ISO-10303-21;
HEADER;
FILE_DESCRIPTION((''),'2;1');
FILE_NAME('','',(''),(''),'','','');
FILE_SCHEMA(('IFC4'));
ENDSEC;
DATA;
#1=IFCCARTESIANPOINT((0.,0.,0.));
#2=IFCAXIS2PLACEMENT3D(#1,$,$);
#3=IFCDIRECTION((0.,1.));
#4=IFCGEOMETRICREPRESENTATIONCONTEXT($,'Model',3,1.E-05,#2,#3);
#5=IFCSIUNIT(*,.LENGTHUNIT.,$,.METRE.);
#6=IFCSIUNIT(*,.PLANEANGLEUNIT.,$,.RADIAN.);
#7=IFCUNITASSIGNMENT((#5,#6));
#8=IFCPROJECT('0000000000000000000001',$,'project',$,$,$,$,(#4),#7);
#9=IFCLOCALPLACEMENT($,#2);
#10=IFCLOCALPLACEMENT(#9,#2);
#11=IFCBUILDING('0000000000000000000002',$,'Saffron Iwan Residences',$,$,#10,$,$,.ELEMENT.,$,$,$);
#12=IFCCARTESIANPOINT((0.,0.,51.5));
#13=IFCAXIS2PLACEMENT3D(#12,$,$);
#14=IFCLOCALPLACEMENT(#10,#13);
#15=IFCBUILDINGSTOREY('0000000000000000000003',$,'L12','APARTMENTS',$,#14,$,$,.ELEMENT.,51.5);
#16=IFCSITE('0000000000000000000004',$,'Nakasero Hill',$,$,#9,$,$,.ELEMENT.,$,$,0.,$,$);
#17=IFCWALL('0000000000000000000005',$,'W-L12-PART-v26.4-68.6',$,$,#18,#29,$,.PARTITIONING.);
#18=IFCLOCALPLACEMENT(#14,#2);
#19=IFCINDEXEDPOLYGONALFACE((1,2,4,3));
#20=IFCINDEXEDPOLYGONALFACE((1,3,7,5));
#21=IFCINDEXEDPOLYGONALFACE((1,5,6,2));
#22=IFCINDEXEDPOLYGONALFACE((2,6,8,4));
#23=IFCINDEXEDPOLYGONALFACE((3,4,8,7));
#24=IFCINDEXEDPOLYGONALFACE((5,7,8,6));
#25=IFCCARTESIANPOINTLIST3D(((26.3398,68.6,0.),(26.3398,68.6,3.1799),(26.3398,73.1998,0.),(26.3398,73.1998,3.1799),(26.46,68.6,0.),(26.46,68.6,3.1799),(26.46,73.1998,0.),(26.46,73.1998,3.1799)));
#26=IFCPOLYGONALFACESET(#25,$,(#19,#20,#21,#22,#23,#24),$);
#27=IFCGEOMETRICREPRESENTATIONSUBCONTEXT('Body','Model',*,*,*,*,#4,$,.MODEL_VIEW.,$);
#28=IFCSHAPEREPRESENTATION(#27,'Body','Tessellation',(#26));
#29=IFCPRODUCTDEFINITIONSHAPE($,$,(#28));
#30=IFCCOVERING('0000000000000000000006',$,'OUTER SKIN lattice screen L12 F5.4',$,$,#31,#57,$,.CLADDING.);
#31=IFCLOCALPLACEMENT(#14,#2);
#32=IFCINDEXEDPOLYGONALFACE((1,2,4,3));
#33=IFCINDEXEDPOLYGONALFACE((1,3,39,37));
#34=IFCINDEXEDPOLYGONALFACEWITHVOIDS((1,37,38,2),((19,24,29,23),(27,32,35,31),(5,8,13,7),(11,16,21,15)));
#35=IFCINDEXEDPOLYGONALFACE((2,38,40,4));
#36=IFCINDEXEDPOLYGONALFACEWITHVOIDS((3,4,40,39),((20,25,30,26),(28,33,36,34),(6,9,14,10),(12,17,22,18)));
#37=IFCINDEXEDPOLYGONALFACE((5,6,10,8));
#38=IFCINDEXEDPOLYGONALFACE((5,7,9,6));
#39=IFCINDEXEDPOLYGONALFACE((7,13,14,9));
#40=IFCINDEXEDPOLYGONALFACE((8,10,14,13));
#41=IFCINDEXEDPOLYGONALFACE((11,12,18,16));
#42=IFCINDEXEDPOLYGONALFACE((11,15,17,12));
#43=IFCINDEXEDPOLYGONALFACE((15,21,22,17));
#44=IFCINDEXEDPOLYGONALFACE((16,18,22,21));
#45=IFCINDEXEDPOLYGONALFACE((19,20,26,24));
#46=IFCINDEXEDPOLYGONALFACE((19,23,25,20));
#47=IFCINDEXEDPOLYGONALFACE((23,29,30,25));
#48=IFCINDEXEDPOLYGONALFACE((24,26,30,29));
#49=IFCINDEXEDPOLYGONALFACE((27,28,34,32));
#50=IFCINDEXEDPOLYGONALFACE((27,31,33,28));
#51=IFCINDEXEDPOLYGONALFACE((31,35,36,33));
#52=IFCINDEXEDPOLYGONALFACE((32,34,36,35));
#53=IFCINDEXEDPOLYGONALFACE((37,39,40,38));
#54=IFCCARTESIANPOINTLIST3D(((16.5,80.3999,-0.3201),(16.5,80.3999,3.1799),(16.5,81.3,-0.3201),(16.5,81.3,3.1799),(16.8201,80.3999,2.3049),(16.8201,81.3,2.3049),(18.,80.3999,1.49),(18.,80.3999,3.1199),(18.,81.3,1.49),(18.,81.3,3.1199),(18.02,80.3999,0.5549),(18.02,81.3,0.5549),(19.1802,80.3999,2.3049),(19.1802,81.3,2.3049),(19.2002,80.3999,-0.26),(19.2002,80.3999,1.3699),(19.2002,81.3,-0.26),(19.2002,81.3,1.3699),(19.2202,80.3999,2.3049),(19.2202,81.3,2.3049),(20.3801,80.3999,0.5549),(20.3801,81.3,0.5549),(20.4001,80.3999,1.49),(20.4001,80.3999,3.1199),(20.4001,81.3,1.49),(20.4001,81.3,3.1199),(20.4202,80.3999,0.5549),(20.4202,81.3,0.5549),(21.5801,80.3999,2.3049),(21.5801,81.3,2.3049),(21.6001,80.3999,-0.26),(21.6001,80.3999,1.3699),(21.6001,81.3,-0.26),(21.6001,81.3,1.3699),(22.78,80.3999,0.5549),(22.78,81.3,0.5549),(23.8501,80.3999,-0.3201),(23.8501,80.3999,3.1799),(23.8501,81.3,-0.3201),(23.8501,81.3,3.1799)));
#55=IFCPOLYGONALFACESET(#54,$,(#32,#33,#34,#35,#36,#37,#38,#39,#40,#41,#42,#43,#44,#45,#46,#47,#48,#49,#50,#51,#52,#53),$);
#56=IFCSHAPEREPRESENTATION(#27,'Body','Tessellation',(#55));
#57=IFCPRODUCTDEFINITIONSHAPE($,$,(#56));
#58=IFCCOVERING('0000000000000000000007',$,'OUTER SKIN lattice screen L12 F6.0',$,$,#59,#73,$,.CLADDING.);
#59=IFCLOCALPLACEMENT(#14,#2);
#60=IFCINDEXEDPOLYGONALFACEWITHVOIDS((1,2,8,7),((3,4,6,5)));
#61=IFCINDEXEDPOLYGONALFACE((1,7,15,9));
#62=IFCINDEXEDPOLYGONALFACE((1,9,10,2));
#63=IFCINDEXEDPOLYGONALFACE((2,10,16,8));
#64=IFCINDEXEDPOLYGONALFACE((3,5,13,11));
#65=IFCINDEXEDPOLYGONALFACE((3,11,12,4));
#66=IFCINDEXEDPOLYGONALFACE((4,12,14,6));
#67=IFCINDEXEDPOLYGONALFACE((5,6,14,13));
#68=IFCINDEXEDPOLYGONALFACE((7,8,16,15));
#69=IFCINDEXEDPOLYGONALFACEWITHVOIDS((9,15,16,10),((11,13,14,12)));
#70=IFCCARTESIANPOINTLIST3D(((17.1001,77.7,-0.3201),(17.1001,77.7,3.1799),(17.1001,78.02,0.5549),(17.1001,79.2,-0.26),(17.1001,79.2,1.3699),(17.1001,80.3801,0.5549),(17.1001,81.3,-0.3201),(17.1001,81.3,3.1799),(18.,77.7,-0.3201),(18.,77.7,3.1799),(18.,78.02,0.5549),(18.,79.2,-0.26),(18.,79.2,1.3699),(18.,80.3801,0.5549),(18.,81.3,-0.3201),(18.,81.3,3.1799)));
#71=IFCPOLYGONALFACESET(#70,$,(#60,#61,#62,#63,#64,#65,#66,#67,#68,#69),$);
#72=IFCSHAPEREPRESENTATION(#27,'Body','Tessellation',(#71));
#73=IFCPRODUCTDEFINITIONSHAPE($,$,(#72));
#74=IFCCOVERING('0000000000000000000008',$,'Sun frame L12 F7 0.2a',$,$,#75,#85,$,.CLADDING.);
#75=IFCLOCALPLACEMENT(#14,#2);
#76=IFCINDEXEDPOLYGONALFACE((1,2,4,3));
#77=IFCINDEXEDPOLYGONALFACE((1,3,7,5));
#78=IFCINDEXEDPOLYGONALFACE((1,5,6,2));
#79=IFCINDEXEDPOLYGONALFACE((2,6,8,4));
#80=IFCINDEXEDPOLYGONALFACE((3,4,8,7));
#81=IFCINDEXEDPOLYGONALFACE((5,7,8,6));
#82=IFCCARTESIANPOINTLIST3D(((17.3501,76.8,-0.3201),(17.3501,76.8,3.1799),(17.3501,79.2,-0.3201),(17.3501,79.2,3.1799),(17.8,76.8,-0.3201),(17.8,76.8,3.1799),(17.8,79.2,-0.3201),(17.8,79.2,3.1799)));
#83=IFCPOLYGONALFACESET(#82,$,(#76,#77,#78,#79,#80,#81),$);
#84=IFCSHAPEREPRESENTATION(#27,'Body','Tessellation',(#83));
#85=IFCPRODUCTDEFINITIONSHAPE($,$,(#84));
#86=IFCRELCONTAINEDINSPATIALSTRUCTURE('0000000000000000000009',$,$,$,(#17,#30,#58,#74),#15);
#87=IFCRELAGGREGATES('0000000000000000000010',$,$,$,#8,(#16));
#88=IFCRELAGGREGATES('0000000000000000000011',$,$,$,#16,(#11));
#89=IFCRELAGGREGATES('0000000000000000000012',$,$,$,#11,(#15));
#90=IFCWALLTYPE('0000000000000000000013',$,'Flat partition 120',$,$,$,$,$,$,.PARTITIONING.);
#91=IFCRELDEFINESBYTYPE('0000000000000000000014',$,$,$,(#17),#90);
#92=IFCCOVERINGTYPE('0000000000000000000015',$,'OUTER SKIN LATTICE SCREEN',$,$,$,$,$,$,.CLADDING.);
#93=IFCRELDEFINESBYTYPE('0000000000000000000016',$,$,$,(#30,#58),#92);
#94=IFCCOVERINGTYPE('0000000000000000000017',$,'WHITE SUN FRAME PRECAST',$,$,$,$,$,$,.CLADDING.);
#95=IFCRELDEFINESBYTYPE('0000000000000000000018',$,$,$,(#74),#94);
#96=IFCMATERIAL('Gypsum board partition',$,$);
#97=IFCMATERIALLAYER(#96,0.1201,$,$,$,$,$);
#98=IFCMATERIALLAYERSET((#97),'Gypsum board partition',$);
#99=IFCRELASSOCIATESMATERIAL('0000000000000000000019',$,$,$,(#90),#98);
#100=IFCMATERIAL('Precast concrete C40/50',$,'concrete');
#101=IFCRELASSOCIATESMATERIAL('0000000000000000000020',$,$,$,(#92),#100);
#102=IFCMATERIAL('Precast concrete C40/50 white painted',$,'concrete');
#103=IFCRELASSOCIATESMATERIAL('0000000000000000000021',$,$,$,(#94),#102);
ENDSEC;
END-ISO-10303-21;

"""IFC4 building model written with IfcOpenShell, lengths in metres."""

from ifc_helpers import new_model, si_unit, direction, frame, frame_2d, origin, place, context, subcontext, project, spatial, polyline, rectangle, outline, extrude, material, layer, layer_set, type_object, element, save


model = new_model("IFC4")

# Units and contexts
model_context = context("Model", 3, precision=1e-05, world=origin(), true_north=direction((0.0, 1.0)))
body_context = subcontext(model_context, "Body", "Model", "MODEL_VIEW")
ifc_project = project(units=[si_unit("LENGTHUNIT", "METRE"), si_unit("PLANEANGLEUNIT", "RADIAN")], contexts=[model_context])

# Site, building, storey
site_placement = place(None, origin())
site = spatial("IfcSite", under=ifc_project, at=site_placement, Name="Nakasero Hill", CompositionType="ELEMENT", RefElevation=0.0)
building_placement = place(site_placement, origin())
building = spatial("IfcBuilding", under=site, at=building_placement, Name="Saffron Iwan Residences", CompositionType="ELEMENT")
storey_placement = place(building_placement, frame((0.0, 0.0, 51.5)))
storey = spatial("IfcBuildingStorey", under=building, at=storey_placement, Name="L12", Description="APARTMENTS", CompositionType="ELEMENT", Elevation=51.5)

# Wall
ifc_material_1 = material(Name="Gypsum board partition")
ifc_layer_1 = layer(ifc_material_1, 0.1201)
ifc_layer_set_1 = layer_set([ifc_layer_1], Name="Gypsum board partition")
wall_type_1 = type_object("IfcWallType", Name="Flat partition 120", PredefinedType="PARTITIONING", material=ifc_layer_set_1)
wall_1_placement = place(storey_placement, frame((26.3999, 68.6001, 0.0), z_axis=(0.0, 0.0, 1.0), x_axis=(0.0, 1.0, 0.0)))
element("IfcWall", 1, at=wall_1_placement, inside=storey, type_object=wall_type_1, Name="W-L12-PART-v26.4-68.6", PredefinedType="PARTITIONING", context=body_context, shape_type="SweptSolid", body=[
    extrude(rectangle(XDim=4.5999, YDim=0.1201, at=frame_2d((2.2998, 0.0))), origin(), (0.0, 0.0, 1.0), 3.1799),
])

# Coverings
ifc_material_2 = material(Name="Precast concrete C40/50", Category="concrete")
covering_type_1 = type_object("IfcCoveringType", Name="OUTER SKIN LATTICE SCREEN", PredefinedType="CLADDING", material=ifc_material_2)
covering_1_placement = place(storey_placement, frame((23.8501, 80.3999, -0.3201), z_axis=(0.0, 1.0, 0.0), x_axis=(-1.0, 0.0, 0.0)))
element("IfcCovering", 2, at=covering_1_placement, inside=storey, type_object=covering_type_1, Name="OUTER SKIN lattice screen L12 F5.4", PredefinedType="CLADDING", context=body_context, shape_type="SweptSolid", body=[
    extrude(outline(polyline([(0.0, 0.0), (7.3501, 0.0), (7.3501, 3.5), (0.0, 3.5), (0.0, 0.0)]), holes=[polyline([(1.0701, 0.875), (2.25, 0.0601), (3.4299, 0.875), (2.25, 1.6899), (1.0701, 0.875)]), polyline([(3.47, 0.875), (4.6499, 0.0601), (5.8301, 0.875), (4.6499, 1.6899), (3.47, 0.875)]), polyline([(2.27, 2.625), (3.45, 1.8101), (4.6299, 2.625), (3.45, 3.4399), (2.27, 2.625)]), polyline([(4.6699, 2.625), (5.8501, 1.8101), (7.03, 2.625), (5.8501, 3.4399), (4.6699, 2.625)])]), origin(), (0.0, 0.0, 1.0), 0.9001),
])
covering_2_placement = place(storey_placement, frame((18.0, 81.3, -0.3201), z_axis=(-1.0, 0.0, 0.0), x_axis=(0.0, -1.0, 0.0)))
element("IfcCovering", 3, at=covering_2_placement, inside=storey, type_object=covering_type_1, Name="OUTER SKIN lattice screen L12 F6.0", PredefinedType="CLADDING", context=body_context, shape_type="SweptSolid", body=[
    extrude(outline(polyline([(0.0, 0.0), (3.6001, 0.0), (3.6001, 3.5), (0.0, 3.5), (0.0, 0.0)]), holes=[polyline([(0.9199, 0.875), (2.1001, 0.0601), (3.28, 0.875), (2.1001, 1.6899), (0.9199, 0.875)])]), origin(), (0.0, 0.0, 1.0), 0.8999),
])
ifc_material_3 = material(Name="Precast concrete C40/50 white painted", Category="concrete")
covering_type_2 = type_object("IfcCoveringType", Name="WHITE SUN FRAME PRECAST", PredefinedType="CLADDING", material=ifc_material_3)
covering_3_placement = place(storey_placement, frame((17.8, 76.8, -0.3201), z_axis=(0.0, 1.0, 0.0), x_axis=(-1.0, 0.0, 0.0)))
element("IfcCovering", 4, at=covering_3_placement, inside=storey, type_object=covering_type_2, Name="Sun frame L12 F7 0.2a", PredefinedType="CLADDING", context=body_context, shape_type="SweptSolid", body=[
    extrude(outline(polyline([(0.0, 0.0), (0.45, 0.0), (0.45, 3.5), (0.0, 3.5), (0.0, 0.0)])), origin(), (0.0, 0.0, 1.0), 2.3999),
])

save(model, "model.ifc")
